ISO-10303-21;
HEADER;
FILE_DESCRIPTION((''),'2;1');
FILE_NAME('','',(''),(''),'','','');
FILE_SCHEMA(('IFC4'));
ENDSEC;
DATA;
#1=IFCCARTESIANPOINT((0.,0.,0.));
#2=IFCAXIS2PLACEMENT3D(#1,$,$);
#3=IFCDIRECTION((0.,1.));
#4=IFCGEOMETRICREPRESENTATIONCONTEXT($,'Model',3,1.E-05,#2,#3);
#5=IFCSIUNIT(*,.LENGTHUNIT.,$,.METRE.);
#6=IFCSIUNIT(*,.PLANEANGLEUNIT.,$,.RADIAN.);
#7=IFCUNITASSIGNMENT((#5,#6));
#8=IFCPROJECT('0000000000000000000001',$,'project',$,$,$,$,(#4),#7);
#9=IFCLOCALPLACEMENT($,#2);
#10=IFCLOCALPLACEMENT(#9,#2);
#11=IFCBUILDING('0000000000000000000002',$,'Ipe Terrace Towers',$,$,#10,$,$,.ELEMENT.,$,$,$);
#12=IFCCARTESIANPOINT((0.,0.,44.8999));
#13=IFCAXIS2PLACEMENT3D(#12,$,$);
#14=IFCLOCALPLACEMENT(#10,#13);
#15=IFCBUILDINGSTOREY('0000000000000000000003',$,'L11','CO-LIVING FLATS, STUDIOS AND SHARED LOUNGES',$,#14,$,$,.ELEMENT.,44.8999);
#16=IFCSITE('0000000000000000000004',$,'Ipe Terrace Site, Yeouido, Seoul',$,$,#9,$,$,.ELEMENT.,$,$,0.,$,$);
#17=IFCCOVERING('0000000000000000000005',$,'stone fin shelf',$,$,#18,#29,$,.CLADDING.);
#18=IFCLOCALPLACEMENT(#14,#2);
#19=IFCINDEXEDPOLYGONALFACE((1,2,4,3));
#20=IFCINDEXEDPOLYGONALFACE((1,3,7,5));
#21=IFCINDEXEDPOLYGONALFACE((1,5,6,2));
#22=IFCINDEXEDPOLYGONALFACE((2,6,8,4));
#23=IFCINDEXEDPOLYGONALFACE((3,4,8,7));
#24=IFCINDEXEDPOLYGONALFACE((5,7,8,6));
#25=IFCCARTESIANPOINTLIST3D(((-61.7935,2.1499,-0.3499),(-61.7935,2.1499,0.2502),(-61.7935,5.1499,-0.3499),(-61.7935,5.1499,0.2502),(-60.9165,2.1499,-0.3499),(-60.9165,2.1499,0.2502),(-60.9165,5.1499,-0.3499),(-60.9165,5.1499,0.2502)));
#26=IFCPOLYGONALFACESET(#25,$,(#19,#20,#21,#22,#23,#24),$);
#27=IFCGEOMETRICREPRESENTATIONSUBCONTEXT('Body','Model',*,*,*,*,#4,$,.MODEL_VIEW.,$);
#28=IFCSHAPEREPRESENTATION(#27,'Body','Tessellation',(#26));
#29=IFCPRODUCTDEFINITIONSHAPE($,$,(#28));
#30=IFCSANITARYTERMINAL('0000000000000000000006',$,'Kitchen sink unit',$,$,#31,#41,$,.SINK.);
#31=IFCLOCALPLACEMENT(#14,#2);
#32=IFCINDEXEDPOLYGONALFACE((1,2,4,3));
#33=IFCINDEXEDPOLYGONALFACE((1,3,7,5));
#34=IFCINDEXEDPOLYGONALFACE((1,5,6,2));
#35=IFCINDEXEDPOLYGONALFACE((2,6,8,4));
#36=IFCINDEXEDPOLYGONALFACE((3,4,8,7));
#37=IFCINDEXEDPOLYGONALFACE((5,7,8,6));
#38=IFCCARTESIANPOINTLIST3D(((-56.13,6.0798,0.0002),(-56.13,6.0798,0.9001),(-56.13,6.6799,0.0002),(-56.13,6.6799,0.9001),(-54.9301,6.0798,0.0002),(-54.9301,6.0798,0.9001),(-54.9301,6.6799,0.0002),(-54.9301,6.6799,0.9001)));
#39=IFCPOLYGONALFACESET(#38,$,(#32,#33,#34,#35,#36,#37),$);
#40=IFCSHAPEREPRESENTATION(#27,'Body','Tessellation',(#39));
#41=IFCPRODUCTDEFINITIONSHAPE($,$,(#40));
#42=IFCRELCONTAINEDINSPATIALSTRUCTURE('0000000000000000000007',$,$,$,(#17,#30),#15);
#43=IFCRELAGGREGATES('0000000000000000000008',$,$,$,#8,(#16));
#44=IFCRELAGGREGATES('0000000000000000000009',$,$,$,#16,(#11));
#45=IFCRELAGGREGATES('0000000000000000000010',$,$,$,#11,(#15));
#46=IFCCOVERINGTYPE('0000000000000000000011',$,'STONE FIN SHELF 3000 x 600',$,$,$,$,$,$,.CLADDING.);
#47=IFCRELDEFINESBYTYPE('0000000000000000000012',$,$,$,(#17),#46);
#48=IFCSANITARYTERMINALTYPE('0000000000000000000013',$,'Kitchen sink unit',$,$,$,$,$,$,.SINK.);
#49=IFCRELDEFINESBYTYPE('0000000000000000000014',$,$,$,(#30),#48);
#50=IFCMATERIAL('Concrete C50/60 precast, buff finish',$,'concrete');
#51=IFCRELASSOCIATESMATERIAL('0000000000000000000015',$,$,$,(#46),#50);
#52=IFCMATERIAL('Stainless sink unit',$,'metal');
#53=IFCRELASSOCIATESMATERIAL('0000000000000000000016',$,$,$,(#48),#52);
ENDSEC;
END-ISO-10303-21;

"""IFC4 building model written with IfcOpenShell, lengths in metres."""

from ifc_helpers import new_model, si_unit, direction, frame, origin, origin_2d, place, context, subcontext, project, spatial, rectangle, extrude, material, type_object, element, save


model = new_model("IFC4")

# Units and contexts
model_context = context("Model", 3, precision=1e-05, world=origin(), true_north=direction((0.0, 1.0)))
body_context = subcontext(model_context, "Body", "Model", "MODEL_VIEW")
ifc_project = project(units=[si_unit("LENGTHUNIT", "METRE"), si_unit("PLANEANGLEUNIT", "RADIAN")], contexts=[model_context])

# Site, building, storey
site_placement = place(None, origin())
site = spatial("IfcSite", under=ifc_project, at=site_placement, Name="Ipe Terrace Site, Yeouido, Seoul", CompositionType="ELEMENT", RefElevation=0.0)
building_placement = place(site_placement, origin())
building = spatial("IfcBuilding", under=site, at=building_placement, Name="Ipe Terrace Towers", CompositionType="ELEMENT")
storey_placement = place(building_placement, frame((0.0, 0.0, 44.8999)))
storey = spatial("IfcBuildingStorey", under=building, at=storey_placement, Name="L11", Description="CO-LIVING FLATS, STUDIOS AND SHARED LOUNGES", CompositionType="ELEMENT", Elevation=44.8999)

# Covering
ifc_material_1 = material(Name="Concrete C50/60 precast, buff finish", Category="concrete")
covering_type_1 = type_object("IfcCoveringType", Name="STONE FIN SHELF 3000 x 600", PredefinedType="CLADDING", material=ifc_material_1)
for number, where, z_axis, x_axis, name in (
    (1, (-61.355, 3.6499, -0.3499), (0.0, 0.0, 1.0), (0.0, -1.0, 0.0), "stone fin shelf"),
):
    element("IfcCovering", number, at=place(storey_placement, frame(where, z_axis=z_axis, x_axis=x_axis)), inside=storey, type_object=covering_type_1, Name=name, PredefinedType="CLADDING", context=body_context, shape_type="SweptSolid", body=[
        extrude(rectangle(XDim=3.0, YDim=0.877, at=origin_2d()), origin(), (0.0, 0.0, 1.0), 0.6001),
    ])

# Sanitary terminal
ifc_material_2 = material(Name="Stainless sink unit", Category="metal")
sanitary_terminal_type = type_object("IfcSanitaryTerminalType", Name="Kitchen sink unit", PredefinedType="SINK", material=ifc_material_2)
sanitary_terminal_placement = place(storey_placement, frame((-55.53, 6.3799, 0.0002), z_axis=(0.0, 0.0, 1.0), x_axis=(1.0, 0.0, 0.0)))
element("IfcSanitaryTerminal", 2, at=sanitary_terminal_placement, inside=storey, type_object=sanitary_terminal_type, Name="Kitchen sink unit", PredefinedType="SINK", context=body_context, shape_type="SweptSolid", body=[
    extrude(rectangle(XDim=1.2, YDim=0.6001, at=origin_2d()), origin(), (0.0, 0.0, 1.0), 0.8999),
])

save(model, "model.ifc")
